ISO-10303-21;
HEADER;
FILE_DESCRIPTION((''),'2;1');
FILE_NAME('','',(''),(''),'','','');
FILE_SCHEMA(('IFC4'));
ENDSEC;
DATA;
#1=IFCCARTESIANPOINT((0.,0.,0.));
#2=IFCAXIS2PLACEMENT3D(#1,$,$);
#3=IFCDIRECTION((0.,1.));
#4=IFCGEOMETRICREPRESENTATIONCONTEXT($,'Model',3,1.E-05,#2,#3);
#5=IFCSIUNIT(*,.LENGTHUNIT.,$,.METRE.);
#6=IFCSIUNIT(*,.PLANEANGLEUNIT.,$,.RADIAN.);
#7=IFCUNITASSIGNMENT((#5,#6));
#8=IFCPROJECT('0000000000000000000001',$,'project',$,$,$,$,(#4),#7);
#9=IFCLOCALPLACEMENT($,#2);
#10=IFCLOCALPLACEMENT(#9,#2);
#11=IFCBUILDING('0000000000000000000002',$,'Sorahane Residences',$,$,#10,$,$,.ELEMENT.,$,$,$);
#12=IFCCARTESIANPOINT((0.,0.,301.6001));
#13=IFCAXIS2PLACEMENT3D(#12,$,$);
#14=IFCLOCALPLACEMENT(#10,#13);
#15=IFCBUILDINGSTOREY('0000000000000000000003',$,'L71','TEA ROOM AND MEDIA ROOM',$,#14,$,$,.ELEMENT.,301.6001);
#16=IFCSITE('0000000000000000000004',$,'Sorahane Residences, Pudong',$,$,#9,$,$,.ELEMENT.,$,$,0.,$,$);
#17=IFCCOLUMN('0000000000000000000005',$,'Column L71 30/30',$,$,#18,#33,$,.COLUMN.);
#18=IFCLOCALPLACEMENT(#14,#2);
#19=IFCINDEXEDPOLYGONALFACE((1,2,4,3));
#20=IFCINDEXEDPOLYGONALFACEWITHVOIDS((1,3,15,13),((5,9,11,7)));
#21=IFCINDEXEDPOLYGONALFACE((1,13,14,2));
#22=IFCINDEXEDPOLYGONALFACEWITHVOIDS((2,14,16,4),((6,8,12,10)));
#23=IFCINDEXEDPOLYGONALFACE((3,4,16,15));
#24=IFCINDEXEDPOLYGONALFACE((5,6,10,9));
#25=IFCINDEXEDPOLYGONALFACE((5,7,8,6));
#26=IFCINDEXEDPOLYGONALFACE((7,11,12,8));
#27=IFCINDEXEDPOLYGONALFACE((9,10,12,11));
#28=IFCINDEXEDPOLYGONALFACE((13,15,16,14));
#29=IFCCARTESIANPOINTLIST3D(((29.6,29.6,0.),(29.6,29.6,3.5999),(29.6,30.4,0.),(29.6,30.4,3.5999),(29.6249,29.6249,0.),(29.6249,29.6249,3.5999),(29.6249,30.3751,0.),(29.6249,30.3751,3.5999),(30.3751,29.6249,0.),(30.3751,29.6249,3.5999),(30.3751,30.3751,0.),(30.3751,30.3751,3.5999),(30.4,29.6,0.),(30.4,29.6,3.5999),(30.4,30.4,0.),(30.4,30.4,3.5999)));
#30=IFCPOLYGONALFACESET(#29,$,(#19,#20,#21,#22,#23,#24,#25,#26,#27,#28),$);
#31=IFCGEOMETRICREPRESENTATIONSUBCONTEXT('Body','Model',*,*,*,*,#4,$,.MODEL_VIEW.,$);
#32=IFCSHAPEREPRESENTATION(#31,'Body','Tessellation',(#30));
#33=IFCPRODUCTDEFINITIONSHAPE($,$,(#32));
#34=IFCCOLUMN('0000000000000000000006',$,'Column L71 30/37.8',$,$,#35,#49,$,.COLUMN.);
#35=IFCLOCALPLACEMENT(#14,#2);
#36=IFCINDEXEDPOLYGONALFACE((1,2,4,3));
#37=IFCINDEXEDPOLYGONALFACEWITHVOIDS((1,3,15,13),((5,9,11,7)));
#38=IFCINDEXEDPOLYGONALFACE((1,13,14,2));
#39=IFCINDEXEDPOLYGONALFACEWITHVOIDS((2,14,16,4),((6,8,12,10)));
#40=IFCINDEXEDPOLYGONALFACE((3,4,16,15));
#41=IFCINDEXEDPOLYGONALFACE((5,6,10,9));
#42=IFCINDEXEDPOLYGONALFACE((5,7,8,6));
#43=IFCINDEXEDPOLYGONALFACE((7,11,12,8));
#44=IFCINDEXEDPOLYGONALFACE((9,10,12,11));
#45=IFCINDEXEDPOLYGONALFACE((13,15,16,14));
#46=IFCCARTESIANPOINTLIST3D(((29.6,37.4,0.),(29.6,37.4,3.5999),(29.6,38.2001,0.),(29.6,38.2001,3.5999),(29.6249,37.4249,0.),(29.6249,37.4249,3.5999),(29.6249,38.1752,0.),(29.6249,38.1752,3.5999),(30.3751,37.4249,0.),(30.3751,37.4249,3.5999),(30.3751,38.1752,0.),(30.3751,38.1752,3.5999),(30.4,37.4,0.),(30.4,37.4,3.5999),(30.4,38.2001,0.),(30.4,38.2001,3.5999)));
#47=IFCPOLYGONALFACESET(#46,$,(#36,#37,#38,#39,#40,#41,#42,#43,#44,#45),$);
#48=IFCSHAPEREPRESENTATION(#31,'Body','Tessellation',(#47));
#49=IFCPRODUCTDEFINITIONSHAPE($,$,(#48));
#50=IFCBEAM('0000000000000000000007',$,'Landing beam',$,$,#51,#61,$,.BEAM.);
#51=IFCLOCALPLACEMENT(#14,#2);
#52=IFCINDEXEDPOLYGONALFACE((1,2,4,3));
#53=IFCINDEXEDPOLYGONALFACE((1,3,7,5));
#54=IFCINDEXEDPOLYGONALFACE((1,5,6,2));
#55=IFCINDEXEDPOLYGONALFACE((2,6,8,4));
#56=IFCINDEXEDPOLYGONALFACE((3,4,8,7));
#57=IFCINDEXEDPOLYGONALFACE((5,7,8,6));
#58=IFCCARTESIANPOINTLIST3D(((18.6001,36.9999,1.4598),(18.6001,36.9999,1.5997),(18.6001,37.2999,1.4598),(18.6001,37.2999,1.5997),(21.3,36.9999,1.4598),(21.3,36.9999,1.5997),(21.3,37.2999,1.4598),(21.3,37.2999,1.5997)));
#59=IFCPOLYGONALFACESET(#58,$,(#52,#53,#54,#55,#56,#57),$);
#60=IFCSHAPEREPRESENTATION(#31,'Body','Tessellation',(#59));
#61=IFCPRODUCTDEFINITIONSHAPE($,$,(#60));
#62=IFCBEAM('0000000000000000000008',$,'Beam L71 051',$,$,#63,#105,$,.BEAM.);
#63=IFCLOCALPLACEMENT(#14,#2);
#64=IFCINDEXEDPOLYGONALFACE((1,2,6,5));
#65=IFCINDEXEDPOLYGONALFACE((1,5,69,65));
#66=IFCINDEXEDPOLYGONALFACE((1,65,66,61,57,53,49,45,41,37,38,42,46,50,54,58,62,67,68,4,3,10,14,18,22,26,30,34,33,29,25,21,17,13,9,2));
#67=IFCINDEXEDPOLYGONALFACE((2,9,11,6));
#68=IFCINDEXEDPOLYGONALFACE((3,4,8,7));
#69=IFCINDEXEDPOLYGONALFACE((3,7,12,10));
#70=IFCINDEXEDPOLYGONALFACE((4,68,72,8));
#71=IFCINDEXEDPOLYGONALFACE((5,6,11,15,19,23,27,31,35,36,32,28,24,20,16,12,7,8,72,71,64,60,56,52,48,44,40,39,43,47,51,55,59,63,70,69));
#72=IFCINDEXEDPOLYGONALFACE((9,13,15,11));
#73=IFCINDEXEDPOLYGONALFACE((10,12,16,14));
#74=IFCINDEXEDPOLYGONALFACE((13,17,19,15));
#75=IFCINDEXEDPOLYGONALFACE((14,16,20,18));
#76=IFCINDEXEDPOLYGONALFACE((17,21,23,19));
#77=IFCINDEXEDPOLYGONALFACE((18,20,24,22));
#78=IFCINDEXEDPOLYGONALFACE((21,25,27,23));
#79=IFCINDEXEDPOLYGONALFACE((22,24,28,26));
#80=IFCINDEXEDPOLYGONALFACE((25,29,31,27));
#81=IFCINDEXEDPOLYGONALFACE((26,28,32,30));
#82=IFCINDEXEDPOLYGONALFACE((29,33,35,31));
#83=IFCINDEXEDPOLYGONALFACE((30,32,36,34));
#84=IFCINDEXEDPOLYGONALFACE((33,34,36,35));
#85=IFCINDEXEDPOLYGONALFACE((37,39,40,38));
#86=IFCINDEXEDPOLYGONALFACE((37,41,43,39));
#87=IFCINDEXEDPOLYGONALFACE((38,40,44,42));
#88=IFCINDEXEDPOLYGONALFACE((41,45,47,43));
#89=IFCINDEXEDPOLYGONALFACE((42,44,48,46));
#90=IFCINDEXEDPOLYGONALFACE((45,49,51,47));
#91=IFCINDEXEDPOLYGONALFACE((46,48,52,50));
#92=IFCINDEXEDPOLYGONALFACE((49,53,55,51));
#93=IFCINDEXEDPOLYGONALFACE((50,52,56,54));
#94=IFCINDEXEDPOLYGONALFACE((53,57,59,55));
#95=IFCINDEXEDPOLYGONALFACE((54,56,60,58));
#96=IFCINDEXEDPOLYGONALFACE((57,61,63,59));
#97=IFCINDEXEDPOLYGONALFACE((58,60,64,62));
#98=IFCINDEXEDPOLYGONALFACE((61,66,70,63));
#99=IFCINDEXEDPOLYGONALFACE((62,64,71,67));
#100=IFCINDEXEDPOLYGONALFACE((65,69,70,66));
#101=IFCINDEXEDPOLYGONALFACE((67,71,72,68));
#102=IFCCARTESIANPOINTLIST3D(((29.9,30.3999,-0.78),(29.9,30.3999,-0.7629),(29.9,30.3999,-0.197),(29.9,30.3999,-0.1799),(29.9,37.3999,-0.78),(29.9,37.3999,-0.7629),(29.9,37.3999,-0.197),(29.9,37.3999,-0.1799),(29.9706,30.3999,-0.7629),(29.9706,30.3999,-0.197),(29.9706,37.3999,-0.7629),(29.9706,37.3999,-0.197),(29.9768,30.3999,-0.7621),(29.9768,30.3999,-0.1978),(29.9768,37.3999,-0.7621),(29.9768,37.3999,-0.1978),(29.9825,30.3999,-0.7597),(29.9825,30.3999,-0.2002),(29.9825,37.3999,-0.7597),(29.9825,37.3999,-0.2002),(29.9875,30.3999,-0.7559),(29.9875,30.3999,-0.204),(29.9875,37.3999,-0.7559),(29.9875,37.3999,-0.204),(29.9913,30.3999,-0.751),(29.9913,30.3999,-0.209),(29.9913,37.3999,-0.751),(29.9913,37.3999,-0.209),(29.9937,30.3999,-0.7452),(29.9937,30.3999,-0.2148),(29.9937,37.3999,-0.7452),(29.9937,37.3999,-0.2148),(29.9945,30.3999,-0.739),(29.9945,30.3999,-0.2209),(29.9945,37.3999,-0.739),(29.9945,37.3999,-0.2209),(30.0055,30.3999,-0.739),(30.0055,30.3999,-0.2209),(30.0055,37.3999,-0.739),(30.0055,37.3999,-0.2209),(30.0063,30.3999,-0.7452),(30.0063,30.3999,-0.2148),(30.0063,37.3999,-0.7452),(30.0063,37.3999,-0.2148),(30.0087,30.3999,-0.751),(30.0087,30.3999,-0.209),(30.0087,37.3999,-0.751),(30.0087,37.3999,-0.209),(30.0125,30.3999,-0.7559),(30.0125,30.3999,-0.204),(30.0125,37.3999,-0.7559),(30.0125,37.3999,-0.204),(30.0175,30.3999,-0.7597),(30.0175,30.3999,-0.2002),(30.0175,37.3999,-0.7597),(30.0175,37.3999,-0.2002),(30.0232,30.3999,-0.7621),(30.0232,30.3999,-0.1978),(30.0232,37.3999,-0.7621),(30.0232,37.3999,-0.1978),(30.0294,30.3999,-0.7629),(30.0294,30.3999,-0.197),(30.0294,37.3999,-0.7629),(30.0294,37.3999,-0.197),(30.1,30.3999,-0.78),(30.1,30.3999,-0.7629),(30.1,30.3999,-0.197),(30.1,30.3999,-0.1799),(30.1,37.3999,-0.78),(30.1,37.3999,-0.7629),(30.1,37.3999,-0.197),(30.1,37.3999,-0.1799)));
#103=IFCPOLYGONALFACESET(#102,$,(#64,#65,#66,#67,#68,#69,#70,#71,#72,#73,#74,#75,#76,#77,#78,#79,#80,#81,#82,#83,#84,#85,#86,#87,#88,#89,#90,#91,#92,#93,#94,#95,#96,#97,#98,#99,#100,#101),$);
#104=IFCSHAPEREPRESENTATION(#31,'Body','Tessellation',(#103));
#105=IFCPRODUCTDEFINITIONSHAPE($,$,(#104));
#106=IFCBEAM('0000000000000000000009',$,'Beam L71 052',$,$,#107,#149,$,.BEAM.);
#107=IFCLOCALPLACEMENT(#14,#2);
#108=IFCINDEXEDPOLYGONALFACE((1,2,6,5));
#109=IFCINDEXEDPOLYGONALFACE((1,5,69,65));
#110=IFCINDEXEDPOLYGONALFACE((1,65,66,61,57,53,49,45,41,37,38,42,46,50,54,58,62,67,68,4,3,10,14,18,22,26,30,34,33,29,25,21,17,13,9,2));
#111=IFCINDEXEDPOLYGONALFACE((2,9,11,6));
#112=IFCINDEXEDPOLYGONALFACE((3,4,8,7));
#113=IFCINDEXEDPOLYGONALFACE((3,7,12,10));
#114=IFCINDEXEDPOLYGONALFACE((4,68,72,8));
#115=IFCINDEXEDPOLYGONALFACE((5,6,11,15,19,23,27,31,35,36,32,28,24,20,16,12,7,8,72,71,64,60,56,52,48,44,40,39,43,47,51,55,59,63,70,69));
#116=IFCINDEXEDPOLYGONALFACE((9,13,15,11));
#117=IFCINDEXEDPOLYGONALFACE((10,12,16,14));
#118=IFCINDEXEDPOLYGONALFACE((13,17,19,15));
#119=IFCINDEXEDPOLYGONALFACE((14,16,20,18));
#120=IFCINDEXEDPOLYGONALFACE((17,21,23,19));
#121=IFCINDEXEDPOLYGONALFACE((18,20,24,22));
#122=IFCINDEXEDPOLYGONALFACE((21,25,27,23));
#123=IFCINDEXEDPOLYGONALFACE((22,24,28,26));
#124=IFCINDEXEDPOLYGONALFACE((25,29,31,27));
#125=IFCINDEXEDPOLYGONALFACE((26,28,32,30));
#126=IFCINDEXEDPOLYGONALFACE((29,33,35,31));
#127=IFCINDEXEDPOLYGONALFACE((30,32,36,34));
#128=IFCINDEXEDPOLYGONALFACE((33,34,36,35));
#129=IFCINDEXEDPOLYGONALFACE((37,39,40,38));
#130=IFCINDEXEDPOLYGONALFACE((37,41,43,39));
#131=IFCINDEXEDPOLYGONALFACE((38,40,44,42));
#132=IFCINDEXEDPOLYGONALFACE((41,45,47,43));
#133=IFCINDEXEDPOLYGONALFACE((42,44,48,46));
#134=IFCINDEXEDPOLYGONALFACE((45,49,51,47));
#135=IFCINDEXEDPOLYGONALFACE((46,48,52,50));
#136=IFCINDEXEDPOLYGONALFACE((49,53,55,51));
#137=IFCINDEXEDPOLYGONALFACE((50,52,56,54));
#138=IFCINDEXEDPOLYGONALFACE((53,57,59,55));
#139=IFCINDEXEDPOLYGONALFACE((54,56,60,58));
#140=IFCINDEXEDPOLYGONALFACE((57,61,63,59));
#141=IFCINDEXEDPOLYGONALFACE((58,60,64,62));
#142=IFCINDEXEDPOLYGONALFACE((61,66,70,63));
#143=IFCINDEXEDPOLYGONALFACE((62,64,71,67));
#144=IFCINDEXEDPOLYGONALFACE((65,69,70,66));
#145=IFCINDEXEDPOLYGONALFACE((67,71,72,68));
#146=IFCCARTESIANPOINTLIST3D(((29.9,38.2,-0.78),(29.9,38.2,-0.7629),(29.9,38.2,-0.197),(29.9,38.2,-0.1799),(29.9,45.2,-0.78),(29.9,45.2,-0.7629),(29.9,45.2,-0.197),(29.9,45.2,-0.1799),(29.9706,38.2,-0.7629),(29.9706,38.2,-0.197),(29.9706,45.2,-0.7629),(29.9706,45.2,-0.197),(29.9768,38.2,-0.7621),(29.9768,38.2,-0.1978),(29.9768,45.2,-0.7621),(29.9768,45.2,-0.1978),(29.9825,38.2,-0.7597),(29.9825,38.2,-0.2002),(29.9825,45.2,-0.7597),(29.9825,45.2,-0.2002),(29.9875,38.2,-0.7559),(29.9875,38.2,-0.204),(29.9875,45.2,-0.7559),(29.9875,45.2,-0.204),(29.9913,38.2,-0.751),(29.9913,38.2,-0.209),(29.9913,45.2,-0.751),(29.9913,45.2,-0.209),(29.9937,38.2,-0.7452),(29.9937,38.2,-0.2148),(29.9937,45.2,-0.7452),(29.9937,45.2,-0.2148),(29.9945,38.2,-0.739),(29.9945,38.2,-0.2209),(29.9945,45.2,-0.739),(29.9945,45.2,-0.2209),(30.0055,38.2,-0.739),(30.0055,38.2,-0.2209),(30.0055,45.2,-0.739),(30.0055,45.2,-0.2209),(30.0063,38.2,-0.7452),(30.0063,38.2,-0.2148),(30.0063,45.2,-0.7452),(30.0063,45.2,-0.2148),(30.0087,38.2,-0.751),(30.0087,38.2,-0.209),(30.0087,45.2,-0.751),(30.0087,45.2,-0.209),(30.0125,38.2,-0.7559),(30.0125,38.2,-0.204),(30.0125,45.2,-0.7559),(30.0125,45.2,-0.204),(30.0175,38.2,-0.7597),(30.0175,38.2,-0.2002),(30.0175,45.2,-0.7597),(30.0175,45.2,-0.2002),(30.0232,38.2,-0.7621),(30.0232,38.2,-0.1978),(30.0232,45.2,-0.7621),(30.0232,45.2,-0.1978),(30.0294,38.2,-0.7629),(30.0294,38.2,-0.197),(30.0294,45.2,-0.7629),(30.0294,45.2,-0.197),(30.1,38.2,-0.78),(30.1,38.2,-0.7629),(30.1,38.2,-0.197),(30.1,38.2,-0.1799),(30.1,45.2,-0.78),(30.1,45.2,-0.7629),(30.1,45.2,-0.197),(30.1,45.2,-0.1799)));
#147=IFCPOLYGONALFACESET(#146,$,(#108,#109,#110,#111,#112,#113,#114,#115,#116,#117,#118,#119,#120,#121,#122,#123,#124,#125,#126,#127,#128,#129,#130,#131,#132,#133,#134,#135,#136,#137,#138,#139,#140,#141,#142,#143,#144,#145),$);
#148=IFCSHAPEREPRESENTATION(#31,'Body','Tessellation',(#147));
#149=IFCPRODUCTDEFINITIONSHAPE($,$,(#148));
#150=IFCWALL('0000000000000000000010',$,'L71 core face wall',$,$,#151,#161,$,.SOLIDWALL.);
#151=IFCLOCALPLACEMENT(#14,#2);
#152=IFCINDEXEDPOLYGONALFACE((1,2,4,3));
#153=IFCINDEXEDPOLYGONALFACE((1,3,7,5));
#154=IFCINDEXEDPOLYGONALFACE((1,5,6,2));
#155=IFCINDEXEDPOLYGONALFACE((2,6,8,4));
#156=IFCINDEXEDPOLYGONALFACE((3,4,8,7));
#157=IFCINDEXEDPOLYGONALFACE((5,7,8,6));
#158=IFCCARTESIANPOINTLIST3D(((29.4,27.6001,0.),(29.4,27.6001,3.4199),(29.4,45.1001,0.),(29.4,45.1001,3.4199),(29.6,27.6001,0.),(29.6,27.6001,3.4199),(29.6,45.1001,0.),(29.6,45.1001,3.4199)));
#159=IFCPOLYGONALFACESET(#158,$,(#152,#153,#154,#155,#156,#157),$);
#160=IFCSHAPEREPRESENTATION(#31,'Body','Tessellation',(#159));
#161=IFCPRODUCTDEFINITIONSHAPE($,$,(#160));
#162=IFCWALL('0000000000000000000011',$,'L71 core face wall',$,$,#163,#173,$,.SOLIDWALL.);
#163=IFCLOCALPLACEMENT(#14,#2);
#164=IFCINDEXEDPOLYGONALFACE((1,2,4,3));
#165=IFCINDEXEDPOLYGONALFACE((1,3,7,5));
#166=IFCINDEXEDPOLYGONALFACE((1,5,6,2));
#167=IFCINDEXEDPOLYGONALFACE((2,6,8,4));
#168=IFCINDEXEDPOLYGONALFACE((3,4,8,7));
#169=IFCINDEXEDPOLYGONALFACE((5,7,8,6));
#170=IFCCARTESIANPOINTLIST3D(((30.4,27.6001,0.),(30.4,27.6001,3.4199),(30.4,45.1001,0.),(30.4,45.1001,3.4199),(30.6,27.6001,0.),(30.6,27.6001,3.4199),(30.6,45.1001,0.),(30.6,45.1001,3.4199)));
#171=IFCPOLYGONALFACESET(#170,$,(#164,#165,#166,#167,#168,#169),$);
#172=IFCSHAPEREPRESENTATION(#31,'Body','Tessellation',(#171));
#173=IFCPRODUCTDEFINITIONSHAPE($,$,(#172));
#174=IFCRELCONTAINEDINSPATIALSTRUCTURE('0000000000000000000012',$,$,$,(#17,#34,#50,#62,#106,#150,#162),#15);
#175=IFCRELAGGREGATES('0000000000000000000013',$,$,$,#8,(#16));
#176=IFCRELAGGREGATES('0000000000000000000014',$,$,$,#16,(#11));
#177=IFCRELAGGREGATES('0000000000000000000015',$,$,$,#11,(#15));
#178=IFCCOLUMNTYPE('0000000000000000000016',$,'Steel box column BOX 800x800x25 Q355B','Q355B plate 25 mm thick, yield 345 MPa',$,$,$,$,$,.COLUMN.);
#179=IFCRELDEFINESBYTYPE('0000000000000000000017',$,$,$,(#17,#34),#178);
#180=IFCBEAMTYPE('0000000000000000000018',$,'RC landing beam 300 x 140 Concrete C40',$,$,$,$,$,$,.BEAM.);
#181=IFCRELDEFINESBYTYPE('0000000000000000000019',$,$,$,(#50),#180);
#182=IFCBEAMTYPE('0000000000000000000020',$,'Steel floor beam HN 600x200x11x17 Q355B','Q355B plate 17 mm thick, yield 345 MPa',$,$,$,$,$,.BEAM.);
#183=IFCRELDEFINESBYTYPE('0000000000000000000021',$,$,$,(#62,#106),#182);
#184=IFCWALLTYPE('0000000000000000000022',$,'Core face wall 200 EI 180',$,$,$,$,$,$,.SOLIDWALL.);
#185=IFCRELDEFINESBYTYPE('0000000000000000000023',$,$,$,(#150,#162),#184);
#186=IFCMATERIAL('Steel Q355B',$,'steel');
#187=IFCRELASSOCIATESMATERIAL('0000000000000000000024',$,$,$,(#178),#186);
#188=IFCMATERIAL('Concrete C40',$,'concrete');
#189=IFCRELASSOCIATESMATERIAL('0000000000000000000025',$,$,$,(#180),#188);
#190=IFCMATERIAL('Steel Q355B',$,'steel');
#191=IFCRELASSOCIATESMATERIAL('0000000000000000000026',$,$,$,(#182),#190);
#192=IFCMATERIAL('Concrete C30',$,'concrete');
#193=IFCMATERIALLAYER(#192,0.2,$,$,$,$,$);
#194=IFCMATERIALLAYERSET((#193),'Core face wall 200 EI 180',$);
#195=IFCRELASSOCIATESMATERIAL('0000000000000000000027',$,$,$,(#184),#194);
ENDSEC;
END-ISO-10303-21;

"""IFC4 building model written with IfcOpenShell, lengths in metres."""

from ifc_helpers import new_model, si_unit, direction, frame, frame_2d, origin, origin_2d, place, context, subcontext, project, spatial, rectangle, hollow_rectangle, i_section, extrude, material, layer, layer_set, material_profile, profile_set, type_object, element, save


model = new_model("IFC4")

# Units and contexts
model_context = context("Model", 3, precision=1e-05, world=origin(), true_north=direction((0.0, 1.0)))
body_context = subcontext(model_context, "Body", "Model", "MODEL_VIEW")
ifc_project = project(units=[si_unit("LENGTHUNIT", "METRE"), si_unit("PLANEANGLEUNIT", "RADIAN")], contexts=[model_context])

# Site, building, storey
site_placement = place(None, origin())
site = spatial("IfcSite", under=ifc_project, at=site_placement, Name="Sorahane Residences, Pudong", CompositionType="ELEMENT", RefElevation=0.0)
building_placement = place(site_placement, origin())
building = spatial("IfcBuilding", under=site, at=building_placement, Name="Sorahane Residences", CompositionType="ELEMENT")
storey_placement = place(building_placement, frame((0.0, 0.0, 301.6001)))
storey = spatial("IfcBuildingStorey", under=building, at=storey_placement, Name="L71", Description="TEA ROOM AND MEDIA ROOM", CompositionType="ELEMENT", Elevation=301.6001)

# Columns
ifc_material_1 = material(Name="Steel Q355B", Category="steel")
ifc_material_profile_1 = material_profile(ifc_material_1, hollow_rectangle(XDim=0.8, YDim=0.8, WallThickness=0.0249, at=origin_2d()), Name="BOX 800x800x25")
ifc_profile_set_1 = profile_set([ifc_material_profile_1], Name="Steel Q355B")
column_type = type_object("IfcColumnType", Name="Steel box column BOX 800x800x25 Q355B", Description="Q355B plate 25 mm thick, yield 345 MPa", PredefinedType="COLUMN", material=ifc_profile_set_1)
for number, where, z_axis, x_axis, name in (
    (1, (30.0, 30.0, 0.0), (0.0, 0.0, 1.0), (1.0, 0.0, 0.0), "Column L71 30/30"),
    (2, (30.0, 37.8, 0.0), (0.0, 0.0, 1.0), (1.0, 0.0, 0.0), "Column L71 30/37.8"),
):
    element("IfcColumn", number, at=place(storey_placement, frame(where, z_axis=z_axis, x_axis=x_axis)), inside=storey, type_object=column_type, Name=name, PredefinedType="COLUMN", context=body_context, shape_type="SweptSolid", body=[
        extrude(hollow_rectangle(XDim=0.8, YDim=0.8, WallThickness=0.0249, at=origin_2d()), origin(), (0.0, 0.0, 1.0), 3.5999),
    ])

# Beams
ifc_material_2 = material(Name="Concrete C40", Category="concrete")
ifc_material_profile_2 = material_profile(ifc_material_2, rectangle(XDim=0.3, YDim=0.1399, at=origin_2d()), Name="300x140")
ifc_profile_set_2 = profile_set([ifc_material_profile_2], Name="Concrete C40")
beam_type_1 = type_object("IfcBeamType", Name="RC landing beam 300 x 140 Concrete C40", PredefinedType="BEAM", material=ifc_profile_set_2)
beam_placement = place(storey_placement, frame((18.6001, 37.1499, 1.5298), z_axis=(1.0, 0.0, 0.0), x_axis=(0.0, 1.0, 0.0)))
element("IfcBeam", 3, at=beam_placement, inside=storey, type_object=beam_type_1, Name="Landing beam", PredefinedType="BEAM", context=body_context, shape_type="SweptSolid", body=[
    extrude(rectangle(XDim=0.3, YDim=0.1399, at=origin_2d()), origin(), (0.0, 0.0, 1.0), 2.7),
])
ifc_material_3 = material(Name="Steel Q355B", Category="steel")
ifc_material_profile_3 = material_profile(ifc_material_3, i_section(OverallWidth=0.2, OverallDepth=0.6001, WebThickness=0.011, FlangeThickness=0.0171, FilletRadius=0.0239, at=origin_2d()), Name="HN 600x200x11x17")
ifc_profile_set_3 = profile_set([ifc_material_profile_3], Name="Steel Q355B")
beam_type_2 = type_object("IfcBeamType", Name="Steel floor beam HN 600x200x11x17 Q355B", Description="Q355B plate 17 mm thick, yield 345 MPa", PredefinedType="BEAM", material=ifc_profile_set_3)
for number, where, z_axis, x_axis, name in (
    (4, (30.0, 30.3999, -0.48), (0.0, 1.0, 0.0), (-1.0, 0.0, 0.0), "Beam L71 051"),
    (5, (30.0, 38.2, -0.48), (0.0, 1.0, 0.0), (-1.0, 0.0, 0.0), "Beam L71 052"),
):
    element("IfcBeam", number, at=place(storey_placement, frame(where, z_axis=z_axis, x_axis=x_axis)), inside=storey, type_object=beam_type_2, Name=name, PredefinedType="BEAM", context=body_context, shape_type="SweptSolid", body=[
        extrude(i_section(OverallWidth=0.2, OverallDepth=0.6001, WebThickness=0.011, FlangeThickness=0.0171, FilletRadius=0.0239, at=origin_2d()), origin(), (0.0, 0.0, 1.0), 7.0),
    ])

# Walls
ifc_material_4 = material(Name="Concrete C30", Category="concrete")
ifc_layer_1 = layer(ifc_material_4, 0.2)
ifc_layer_set_1 = layer_set([ifc_layer_1], Name="Core face wall 200 EI 180")
wall_type_1 = type_object("IfcWallType", Name="Core face wall 200 EI 180", PredefinedType="SOLIDWALL", material=ifc_layer_set_1)
for number, where, z_axis, x_axis, name in (
    (6, (29.5, 27.6001, 0.0), (0.0, 0.0, 1.0), (0.0, 1.0, 0.0), "L71 core face wall"),
    (7, (30.5, 27.6001, 0.0), (0.0, 0.0, 1.0), (0.0, 1.0, 0.0), "L71 core face wall"),
):
    element("IfcWall", number, at=place(storey_placement, frame(where, z_axis=z_axis, x_axis=x_axis)), inside=storey, type_object=wall_type_1, Name=name, PredefinedType="SOLIDWALL", context=body_context, shape_type="SweptSolid", body=[
        extrude(rectangle(XDim=17.5, YDim=0.2, at=frame_2d((8.75, 0.0))), origin(), (0.0, 0.0, 1.0), 3.4199),
    ])

save(model, "model.ifc")
